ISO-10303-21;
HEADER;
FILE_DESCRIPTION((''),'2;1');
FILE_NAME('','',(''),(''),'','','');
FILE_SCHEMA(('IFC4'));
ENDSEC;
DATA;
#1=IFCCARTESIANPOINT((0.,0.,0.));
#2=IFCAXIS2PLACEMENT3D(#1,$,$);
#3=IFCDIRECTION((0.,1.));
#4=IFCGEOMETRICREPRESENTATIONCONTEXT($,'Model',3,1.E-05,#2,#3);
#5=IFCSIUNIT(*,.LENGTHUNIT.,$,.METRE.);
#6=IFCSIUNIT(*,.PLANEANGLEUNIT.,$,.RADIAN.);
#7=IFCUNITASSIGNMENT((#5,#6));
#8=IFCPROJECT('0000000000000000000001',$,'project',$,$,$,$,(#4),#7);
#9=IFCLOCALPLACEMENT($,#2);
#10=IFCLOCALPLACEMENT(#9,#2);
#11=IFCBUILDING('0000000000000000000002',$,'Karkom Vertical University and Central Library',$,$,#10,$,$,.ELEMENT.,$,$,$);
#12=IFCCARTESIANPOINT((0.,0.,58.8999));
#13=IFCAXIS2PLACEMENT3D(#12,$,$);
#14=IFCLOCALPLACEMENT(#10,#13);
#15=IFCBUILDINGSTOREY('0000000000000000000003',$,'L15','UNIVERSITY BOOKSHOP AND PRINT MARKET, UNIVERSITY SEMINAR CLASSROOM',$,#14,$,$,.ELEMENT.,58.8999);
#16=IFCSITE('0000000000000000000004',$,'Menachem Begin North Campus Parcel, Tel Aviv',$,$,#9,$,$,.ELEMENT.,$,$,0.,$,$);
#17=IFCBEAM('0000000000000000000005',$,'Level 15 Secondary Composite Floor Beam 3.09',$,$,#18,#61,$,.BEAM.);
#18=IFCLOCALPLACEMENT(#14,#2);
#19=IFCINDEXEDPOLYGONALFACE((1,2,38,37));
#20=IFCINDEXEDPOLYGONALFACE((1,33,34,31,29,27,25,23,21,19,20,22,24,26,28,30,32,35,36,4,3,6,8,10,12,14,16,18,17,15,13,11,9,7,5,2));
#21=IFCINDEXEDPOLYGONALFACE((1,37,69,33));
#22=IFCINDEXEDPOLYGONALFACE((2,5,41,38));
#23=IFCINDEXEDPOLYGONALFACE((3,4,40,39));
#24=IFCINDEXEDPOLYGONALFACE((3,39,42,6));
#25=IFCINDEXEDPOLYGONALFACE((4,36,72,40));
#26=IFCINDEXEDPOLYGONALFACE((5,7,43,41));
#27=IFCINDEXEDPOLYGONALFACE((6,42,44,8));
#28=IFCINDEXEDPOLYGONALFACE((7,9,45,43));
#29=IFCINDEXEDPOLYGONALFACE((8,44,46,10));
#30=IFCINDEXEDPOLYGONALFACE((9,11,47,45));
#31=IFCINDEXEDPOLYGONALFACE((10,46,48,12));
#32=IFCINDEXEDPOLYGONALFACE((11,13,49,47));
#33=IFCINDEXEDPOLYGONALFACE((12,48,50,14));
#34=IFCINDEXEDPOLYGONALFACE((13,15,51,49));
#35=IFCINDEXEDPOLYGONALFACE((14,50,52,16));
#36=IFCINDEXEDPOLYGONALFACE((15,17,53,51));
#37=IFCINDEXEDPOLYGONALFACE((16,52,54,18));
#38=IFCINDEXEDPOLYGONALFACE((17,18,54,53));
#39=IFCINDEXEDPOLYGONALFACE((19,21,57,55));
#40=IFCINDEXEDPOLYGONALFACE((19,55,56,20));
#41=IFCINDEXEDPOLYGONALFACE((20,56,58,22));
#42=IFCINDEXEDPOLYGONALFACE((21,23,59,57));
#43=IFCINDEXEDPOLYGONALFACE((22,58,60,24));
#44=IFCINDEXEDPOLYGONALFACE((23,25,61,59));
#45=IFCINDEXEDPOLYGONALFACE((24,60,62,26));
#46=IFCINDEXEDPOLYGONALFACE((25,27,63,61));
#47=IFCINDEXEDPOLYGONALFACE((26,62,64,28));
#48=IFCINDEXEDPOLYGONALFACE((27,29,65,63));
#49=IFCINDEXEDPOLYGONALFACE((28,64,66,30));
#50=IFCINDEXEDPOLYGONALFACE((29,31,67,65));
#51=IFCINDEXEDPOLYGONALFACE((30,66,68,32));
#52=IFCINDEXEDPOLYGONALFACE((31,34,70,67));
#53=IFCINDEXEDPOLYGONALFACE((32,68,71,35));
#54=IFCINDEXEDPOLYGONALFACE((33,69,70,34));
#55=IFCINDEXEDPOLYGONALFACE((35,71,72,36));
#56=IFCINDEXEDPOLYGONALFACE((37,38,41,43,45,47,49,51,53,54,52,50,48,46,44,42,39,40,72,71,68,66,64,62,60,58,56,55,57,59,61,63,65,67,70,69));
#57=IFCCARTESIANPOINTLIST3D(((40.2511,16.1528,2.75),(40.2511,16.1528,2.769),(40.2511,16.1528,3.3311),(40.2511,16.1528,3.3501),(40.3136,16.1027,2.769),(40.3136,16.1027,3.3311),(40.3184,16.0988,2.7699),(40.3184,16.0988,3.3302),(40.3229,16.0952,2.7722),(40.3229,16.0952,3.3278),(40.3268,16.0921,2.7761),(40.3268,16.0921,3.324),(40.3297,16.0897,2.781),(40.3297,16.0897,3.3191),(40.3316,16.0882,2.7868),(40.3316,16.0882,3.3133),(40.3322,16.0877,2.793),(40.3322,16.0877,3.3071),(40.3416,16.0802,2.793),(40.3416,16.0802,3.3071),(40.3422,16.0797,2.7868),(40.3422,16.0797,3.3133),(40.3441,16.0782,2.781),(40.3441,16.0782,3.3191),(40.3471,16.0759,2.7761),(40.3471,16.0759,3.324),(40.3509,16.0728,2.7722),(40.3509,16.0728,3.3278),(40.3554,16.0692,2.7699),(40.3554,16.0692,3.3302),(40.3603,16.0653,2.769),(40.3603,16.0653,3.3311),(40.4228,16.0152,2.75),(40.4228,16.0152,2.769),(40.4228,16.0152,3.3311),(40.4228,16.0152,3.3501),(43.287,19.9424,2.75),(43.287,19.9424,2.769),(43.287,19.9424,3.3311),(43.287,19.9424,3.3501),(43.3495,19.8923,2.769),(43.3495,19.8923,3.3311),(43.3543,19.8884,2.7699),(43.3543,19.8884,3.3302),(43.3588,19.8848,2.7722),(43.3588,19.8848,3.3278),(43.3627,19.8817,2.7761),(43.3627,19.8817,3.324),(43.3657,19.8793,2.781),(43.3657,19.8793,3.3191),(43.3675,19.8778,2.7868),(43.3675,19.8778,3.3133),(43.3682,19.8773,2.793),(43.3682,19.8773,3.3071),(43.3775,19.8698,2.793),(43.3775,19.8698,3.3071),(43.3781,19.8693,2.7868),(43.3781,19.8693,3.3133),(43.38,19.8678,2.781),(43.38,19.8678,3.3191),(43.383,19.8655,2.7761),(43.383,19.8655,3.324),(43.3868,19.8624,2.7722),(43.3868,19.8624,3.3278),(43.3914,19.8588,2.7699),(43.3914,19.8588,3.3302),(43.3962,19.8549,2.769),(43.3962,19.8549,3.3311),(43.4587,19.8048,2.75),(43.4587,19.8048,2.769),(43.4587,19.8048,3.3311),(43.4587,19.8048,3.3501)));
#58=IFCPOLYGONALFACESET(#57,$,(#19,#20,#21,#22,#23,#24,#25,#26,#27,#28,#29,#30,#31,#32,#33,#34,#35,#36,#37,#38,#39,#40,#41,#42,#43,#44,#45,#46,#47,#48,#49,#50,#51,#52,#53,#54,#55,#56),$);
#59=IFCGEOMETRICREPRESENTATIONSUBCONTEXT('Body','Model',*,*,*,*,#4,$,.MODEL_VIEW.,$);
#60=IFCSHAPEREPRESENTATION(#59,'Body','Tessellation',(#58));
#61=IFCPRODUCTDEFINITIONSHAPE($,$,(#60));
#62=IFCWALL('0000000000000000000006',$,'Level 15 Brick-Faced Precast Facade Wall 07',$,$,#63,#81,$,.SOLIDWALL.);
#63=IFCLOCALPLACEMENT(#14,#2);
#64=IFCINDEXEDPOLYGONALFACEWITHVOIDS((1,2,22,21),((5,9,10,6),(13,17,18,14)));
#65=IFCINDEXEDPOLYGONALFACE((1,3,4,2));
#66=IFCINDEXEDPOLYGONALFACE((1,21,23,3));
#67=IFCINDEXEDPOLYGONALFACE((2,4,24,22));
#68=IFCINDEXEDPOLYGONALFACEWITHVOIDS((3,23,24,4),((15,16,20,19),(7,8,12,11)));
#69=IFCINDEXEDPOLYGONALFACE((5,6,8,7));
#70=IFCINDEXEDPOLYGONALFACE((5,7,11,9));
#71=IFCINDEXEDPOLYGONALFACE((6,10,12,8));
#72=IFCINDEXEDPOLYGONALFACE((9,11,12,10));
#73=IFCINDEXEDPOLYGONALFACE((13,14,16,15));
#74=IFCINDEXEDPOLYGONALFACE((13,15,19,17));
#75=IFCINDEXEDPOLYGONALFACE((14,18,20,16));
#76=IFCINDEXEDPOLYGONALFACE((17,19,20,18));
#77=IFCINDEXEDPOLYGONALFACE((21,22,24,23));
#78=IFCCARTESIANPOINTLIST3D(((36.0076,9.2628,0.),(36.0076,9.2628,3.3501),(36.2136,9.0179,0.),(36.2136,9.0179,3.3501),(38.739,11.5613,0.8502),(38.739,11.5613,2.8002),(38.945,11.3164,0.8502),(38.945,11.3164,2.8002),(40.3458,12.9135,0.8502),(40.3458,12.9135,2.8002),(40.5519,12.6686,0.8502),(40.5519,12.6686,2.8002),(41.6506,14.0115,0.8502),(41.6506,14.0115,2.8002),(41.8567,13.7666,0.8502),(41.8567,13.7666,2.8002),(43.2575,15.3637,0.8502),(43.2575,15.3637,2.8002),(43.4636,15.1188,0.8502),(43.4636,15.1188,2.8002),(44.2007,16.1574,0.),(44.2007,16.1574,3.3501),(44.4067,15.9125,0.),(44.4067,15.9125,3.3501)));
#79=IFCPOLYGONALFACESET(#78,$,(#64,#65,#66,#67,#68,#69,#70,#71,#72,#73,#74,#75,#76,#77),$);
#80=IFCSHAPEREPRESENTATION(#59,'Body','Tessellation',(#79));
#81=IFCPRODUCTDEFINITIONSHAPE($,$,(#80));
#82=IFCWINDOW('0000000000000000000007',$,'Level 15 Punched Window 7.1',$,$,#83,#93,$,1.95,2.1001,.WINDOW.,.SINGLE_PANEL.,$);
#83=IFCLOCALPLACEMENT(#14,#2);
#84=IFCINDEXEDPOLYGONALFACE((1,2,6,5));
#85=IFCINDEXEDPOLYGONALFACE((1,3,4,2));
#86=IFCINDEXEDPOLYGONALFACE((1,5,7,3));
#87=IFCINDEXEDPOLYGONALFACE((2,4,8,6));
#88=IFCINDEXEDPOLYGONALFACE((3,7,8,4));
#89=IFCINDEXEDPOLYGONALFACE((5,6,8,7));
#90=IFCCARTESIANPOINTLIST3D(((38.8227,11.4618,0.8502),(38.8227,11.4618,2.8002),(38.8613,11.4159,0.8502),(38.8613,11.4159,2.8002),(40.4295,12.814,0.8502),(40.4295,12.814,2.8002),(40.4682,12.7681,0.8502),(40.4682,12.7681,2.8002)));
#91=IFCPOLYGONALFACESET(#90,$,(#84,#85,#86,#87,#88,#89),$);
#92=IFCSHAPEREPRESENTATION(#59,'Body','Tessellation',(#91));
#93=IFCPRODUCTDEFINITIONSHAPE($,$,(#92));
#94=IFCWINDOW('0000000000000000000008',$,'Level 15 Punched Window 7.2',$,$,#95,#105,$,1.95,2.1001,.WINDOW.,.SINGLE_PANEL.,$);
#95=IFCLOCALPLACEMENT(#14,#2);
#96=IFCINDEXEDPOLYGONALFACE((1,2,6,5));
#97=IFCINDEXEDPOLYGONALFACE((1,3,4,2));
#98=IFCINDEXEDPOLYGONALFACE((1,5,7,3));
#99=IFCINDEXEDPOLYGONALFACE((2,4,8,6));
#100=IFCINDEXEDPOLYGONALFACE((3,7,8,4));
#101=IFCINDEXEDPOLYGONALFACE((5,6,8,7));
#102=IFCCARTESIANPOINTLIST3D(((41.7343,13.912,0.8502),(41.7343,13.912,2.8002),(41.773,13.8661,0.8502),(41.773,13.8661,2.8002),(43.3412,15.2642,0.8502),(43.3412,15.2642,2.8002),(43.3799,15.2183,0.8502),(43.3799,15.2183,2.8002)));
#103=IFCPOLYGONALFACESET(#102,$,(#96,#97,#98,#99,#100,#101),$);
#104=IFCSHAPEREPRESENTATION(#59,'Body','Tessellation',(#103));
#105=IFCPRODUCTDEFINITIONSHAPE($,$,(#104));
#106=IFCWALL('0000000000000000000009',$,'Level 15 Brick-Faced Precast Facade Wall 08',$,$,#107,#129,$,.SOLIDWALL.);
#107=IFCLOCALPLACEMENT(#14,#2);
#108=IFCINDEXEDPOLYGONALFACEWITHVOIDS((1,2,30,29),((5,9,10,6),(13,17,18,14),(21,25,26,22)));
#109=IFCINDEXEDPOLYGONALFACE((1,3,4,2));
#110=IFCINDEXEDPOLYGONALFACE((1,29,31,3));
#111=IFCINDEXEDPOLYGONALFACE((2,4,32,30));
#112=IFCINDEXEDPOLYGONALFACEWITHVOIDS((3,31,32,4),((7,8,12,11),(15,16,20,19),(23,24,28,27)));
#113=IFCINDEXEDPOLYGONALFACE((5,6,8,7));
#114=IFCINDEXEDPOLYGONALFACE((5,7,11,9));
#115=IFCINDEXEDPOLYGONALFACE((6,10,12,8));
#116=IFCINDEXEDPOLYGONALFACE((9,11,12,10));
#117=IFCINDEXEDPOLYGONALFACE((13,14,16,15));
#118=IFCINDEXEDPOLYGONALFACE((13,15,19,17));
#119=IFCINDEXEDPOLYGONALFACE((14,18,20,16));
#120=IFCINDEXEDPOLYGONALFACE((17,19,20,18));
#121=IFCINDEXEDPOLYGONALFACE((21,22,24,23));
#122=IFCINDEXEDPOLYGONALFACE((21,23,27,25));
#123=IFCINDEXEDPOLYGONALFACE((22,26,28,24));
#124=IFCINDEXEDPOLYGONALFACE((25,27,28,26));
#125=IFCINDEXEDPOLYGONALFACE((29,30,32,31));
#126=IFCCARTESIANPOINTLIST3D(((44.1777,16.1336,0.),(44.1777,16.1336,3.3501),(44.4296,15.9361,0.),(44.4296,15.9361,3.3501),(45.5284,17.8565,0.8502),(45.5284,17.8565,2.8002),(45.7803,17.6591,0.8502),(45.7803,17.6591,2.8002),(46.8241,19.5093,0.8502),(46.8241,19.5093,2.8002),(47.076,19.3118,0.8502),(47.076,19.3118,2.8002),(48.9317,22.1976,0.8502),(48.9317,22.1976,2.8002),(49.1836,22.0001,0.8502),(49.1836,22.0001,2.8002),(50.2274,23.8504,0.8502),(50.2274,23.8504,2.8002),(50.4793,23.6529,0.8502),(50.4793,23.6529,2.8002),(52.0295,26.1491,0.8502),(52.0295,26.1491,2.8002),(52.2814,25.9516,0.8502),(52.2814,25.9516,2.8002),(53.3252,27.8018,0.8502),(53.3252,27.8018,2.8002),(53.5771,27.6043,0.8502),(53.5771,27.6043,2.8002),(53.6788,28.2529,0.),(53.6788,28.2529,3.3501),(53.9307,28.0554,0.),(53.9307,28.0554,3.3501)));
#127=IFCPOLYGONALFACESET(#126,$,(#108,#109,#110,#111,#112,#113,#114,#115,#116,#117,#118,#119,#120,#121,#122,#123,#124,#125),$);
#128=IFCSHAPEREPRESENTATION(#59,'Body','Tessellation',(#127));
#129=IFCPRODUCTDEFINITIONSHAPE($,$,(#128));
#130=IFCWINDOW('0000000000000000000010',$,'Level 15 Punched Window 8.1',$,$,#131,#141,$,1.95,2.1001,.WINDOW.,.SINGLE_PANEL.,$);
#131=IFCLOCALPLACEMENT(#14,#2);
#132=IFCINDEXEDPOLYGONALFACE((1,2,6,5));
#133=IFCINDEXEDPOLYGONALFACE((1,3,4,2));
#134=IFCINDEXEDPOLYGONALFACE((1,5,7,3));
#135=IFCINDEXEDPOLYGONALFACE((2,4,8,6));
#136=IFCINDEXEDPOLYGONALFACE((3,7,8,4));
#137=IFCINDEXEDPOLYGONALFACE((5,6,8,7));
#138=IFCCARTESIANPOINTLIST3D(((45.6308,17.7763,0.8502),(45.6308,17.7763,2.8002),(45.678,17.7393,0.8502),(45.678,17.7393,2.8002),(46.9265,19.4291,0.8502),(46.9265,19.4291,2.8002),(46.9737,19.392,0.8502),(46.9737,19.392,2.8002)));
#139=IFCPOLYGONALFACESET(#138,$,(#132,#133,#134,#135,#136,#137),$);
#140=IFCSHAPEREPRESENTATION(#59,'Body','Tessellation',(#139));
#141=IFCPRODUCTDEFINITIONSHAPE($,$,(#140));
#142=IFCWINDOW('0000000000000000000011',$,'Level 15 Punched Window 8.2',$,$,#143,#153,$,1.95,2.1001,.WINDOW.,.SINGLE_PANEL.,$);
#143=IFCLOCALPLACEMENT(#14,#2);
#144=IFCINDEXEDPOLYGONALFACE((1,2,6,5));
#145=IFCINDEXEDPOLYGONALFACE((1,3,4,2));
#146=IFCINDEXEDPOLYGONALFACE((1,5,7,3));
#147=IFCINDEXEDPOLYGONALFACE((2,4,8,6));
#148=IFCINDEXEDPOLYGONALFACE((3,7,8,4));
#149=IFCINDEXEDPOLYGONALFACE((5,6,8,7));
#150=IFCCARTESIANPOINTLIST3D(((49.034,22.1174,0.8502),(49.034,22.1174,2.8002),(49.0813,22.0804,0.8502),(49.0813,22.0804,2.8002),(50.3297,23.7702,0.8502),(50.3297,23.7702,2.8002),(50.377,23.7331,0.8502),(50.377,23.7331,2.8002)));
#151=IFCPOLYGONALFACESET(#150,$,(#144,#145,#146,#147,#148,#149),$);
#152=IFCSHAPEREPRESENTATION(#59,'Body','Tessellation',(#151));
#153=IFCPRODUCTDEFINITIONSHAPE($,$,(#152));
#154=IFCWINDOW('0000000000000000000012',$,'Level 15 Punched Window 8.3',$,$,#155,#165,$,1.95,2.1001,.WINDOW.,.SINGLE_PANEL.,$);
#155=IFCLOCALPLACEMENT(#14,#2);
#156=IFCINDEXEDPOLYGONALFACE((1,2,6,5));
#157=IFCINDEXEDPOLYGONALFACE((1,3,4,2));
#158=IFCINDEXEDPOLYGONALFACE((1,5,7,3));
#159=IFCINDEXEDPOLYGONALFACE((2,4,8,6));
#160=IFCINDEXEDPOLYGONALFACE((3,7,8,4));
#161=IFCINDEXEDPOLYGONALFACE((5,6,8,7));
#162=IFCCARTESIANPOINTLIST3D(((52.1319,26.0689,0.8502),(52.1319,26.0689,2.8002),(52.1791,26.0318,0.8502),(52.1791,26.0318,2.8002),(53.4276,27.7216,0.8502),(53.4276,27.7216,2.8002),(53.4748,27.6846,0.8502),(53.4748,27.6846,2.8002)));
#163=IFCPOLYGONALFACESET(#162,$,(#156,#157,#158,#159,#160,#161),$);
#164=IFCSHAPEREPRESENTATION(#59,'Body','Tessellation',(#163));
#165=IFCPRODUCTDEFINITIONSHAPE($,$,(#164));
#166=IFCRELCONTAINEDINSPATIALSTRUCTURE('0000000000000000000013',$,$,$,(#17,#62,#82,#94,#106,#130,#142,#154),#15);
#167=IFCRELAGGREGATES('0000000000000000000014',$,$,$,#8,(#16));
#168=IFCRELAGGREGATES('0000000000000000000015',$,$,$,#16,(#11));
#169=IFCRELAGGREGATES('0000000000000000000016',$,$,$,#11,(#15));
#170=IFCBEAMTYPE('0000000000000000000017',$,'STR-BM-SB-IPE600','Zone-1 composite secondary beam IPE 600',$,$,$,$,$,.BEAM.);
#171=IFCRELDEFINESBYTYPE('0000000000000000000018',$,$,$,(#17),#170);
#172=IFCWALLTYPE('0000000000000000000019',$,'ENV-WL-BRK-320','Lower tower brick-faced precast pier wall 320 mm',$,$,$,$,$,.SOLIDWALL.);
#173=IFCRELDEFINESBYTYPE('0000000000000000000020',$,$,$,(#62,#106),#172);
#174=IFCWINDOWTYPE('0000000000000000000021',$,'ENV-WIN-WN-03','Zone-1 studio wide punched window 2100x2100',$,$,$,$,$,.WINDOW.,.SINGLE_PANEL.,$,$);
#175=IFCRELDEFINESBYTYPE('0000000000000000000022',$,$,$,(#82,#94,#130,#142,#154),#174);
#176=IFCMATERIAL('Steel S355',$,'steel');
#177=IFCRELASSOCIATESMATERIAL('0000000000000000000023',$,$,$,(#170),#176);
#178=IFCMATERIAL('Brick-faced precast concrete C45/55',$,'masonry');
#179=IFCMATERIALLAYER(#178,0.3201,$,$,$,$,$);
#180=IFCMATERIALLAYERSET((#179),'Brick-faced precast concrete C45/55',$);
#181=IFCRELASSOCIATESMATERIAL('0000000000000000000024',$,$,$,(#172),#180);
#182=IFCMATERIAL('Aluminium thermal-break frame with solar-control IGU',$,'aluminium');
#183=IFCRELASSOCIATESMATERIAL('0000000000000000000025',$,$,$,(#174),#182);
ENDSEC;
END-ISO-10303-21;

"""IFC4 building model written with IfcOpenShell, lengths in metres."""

from ifc_helpers import new_model, si_unit, direction, frame, frame_2d, origin, origin_with_axes, origin_2d, place, context, subcontext, project, spatial, rectangle, i_section, extrude, source, transform, mapped, material, layer, layer_set, material_profile, profile_set, type_object, element, fill, save


model = new_model("IFC4")

# Units and contexts
model_context = context("Model", 3, precision=1e-05, world=origin(), true_north=direction((0.0, 1.0)))
body_context = subcontext(model_context, "Body", "Model", "MODEL_VIEW")
ifc_project = project(units=[si_unit("LENGTHUNIT", "METRE"), si_unit("PLANEANGLEUNIT", "RADIAN")], contexts=[model_context])

# Site, building, storey
site_placement = place(None, origin())
site = spatial("IfcSite", under=ifc_project, at=site_placement, Name="Menachem Begin North Campus Parcel, Tel Aviv", CompositionType="ELEMENT", RefElevation=0.0)
building_placement = place(site_placement, origin())
building = spatial("IfcBuilding", under=site, at=building_placement, Name="Karkom Vertical University and Central Library", CompositionType="ELEMENT")
storey_placement = place(building_placement, frame((0.0, 0.0, 58.8999)))
storey = spatial("IfcBuildingStorey", under=building, at=storey_placement, Name="L15", Description="UNIVERSITY BOOKSHOP AND PRINT MARKET, UNIVERSITY SEMINAR CLASSROOM", CompositionType="ELEMENT", Elevation=58.8999)

# Beam
ifc_material_1 = material(Name="Steel S355", Category="steel")
ifc_material_profile_1 = material_profile(ifc_material_1, i_section(OverallWidth=0.22, OverallDepth=0.6001, WebThickness=0.012, FlangeThickness=0.019, FilletRadius=0.0239, at=origin_2d()), Name="IPE 600")
ifc_profile_set_1 = profile_set([ifc_material_profile_1], Name="Steel S355")
beam_type_1 = type_object("IfcBeamType", Name="STR-BM-SB-IPE600", Description="Zone-1 composite secondary beam IPE 600", PredefinedType="BEAM", material=ifc_profile_set_1)
shared_shape_1 = source(origin_with_axes(), body_context, "Body", "SweptSolid", [
    extrude(i_section(OverallWidth=0.22, OverallDepth=0.6001, WebThickness=0.012, FlangeThickness=0.019, FilletRadius=0.0239, at=origin_2d()), origin(), (0.0, 0.0, 1.0), 4.8557),
])
beam_1_placement = place(storey_placement, frame((40.3369, 16.084, 3.05), z_axis=(0.625228, 0.780442, 0.0), x_axis=(-0.780442, 0.625228, 0.0)))
element("IfcBeam", 1, at=beam_1_placement, inside=storey, type_object=beam_type_1, Name="Level 15 Secondary Composite Floor Beam 3.09", PredefinedType="BEAM", context=body_context, shape_type="MappedRepresentation", body=[
    mapped(shared_shape_1, transform((0.0, 0.0, 0.0), scale=1.0)),
])

# Walls, openings, windows
ifc_material_2 = material(Name="Brick-faced precast concrete C45/55", Category="masonry")
ifc_layer_1 = layer(ifc_material_2, 0.3201)
ifc_layer_set_1 = layer_set([ifc_layer_1], Name="Brick-faced precast concrete C45/55")
wall_type_1 = type_object("IfcWallType", Name="ENV-WL-BRK-320", Description="Lower tower brick-faced precast pier wall 320 mm", PredefinedType="SOLIDWALL", material=ifc_layer_set_1)
wall_1_placement = place(storey_placement, frame((36.1106, 9.1404, 0.0), z_axis=(0.0, 0.0, 1.0), x_axis=(0.765138, 0.643866, 0.0)))
wall_1 = element("IfcWall", 2, at=wall_1_placement, inside=storey, type_object=wall_type_1, Name="Level 15 Brick-Faced Precast Facade Wall 07", PredefinedType="SOLIDWALL", context=body_context, shape_type="SweptSolid", body=[
    extrude(rectangle(XDim=10.708, YDim=0.3201, at=frame_2d((5.354, 0.0))), origin(), (0.0, 0.0, 1.0), 3.3501),
])
opening_1_placement = place(wall_1_placement, frame((3.5698, 0.0, 0.8501)))
opening_1 = element("IfcOpeningElement", 3, at=opening_1_placement, cuts=wall_1, PredefinedType="OPENING", context=body_context, shape_type="SweptSolid", body=[
    extrude(rectangle(XDim=2.1001, YDim=1.95, at=frame_2d((1.05, 0.9751))), frame((0.0, 0.1699, 0.0), z_axis=(0.0, -1.0, 0.0), x_axis=(1.0, 0.0, 0.0)), (0.0, 0.0, 1.0), 0.3401),
])
opening_2_placement = place(wall_1_placement, frame((7.3752, 0.0, 0.8501)))
opening_2 = element("IfcOpeningElement", 4, at=opening_2_placement, cuts=wall_1, PredefinedType="OPENING", context=body_context, shape_type="SweptSolid", body=[
    extrude(rectangle(XDim=2.1001, YDim=1.95, at=frame_2d((1.05, 0.9751))), frame((0.0, 0.1699, 0.0), z_axis=(0.0, -1.0, 0.0), x_axis=(1.0, 0.0, 0.0)), (0.0, 0.0, 1.0), 0.3401),
])
ifc_material_3 = material(Name="Aluminium thermal-break frame with solar-control IGU", Category="aluminium")
window_type = type_object("IfcWindowType", Name="ENV-WIN-WN-03", Description="Zone-1 studio wide punched window 2100x2100", PartitioningType="SINGLE_PANEL", PredefinedType="WINDOW", material=ifc_material_3)
shared_shape_2 = source(origin_with_axes(), body_context, "Body", "SweptSolid", [
    extrude(rectangle(XDim=2.1001, YDim=1.95, at=frame_2d((1.05, 0.9751))), frame((0.0, 0.03, 0.0), z_axis=(0.0, -1.0, 0.0), x_axis=(1.0, 0.0, 0.0)), (0.0, 0.0, 1.0), 0.0601),
])
window_1_placement = place(opening_1_placement, origin())
window_1 = element("IfcWindow", 5, at=window_1_placement, inside=storey, type_object=window_type, Name="Level 15 Punched Window 7.1", OverallHeight=1.95, OverallWidth=2.1001, PartitioningType="SINGLE_PANEL", PredefinedType="WINDOW", context=body_context, shape_type="MappedRepresentation", body=[
    mapped(shared_shape_2, transform((0.0, 0.0, 0.0), scale=1.0)),
])
fill(opening_1, window_1)
window_2_placement = place(opening_2_placement, origin())
window_2 = element("IfcWindow", 6, at=window_2_placement, inside=storey, type_object=window_type, Name="Level 15 Punched Window 7.2", OverallHeight=1.95, OverallWidth=2.1001, PartitioningType="SINGLE_PANEL", PredefinedType="WINDOW", context=body_context, shape_type="MappedRepresentation", body=[
    mapped(shared_shape_2, transform((0.0, 0.0, 0.0), scale=1.0)),
])
fill(opening_2, window_2)
wall_2_placement = place(storey_placement, frame((44.3037, 16.0349, 0.0), z_axis=(0.0, 0.0, 1.0), x_axis=(0.616972, 0.786985, 0.0)))
wall_2 = element("IfcWall", 7, at=wall_2_placement, inside=storey, type_object=wall_type_1, Name="Level 15 Brick-Faced Precast Facade Wall 08", PredefinedType="SOLIDWALL", context=body_context, shape_type="SweptSolid", body=[
    extrude(rectangle(XDim=15.3997, YDim=0.3201, at=frame_2d((7.6997, 0.0))), origin(), (0.0, 0.0, 1.0), 3.3501),
])
opening_3_placement = place(wall_2_placement, frame((2.1892, 0.0, 0.8501)))
opening_3 = element("IfcOpeningElement", 8, at=opening_3_placement, cuts=wall_2, PredefinedType="OPENING", context=body_context, shape_type="SweptSolid", body=[
    extrude(rectangle(XDim=2.1001, YDim=1.95, at=frame_2d((1.05, 0.9751))), frame((0.0, 0.1699, 0.0), z_axis=(0.0, -1.0, 0.0), x_axis=(1.0, 0.0, 0.0)), (0.0, 0.0, 1.0), 0.3401),
])
opening_4_placement = place(wall_2_placement, frame((7.7053, 0.0, 0.8501)))
opening_4 = element("IfcOpeningElement", 9, at=opening_4_placement, cuts=wall_2, PredefinedType="OPENING", context=body_context, shape_type="SweptSolid", body=[
    extrude(rectangle(XDim=2.1001, YDim=1.95, at=frame_2d((1.05, 0.9751))), frame((0.0, 0.1699, 0.0), z_axis=(0.0, -1.0, 0.0), x_axis=(1.0, 0.0, 0.0)), (0.0, 0.0, 1.0), 0.3401),
])
opening_5_placement = place(wall_2_placement, frame((12.7263, 0.0, 0.8501)))
opening_5 = element("IfcOpeningElement", 10, at=opening_5_placement, cuts=wall_2, PredefinedType="OPENING", context=body_context, shape_type="SweptSolid", body=[
    extrude(rectangle(XDim=2.1001, YDim=1.95, at=frame_2d((1.05, 0.9751))), frame((0.0, 0.1699, 0.0), z_axis=(0.0, -1.0, 0.0), x_axis=(1.0, 0.0, 0.0)), (0.0, 0.0, 1.0), 0.3401),
])
window_3_placement = place(opening_3_placement, origin())
window_3 = element("IfcWindow", 11, at=window_3_placement, inside=storey, type_object=window_type, Name="Level 15 Punched Window 8.1", OverallHeight=1.95, OverallWidth=2.1001, PartitioningType="SINGLE_PANEL", PredefinedType="WINDOW", context=body_context, shape_type="MappedRepresentation", body=[
    mapped(shared_shape_2, transform((0.0, 0.0, 0.0), scale=1.0)),
])
fill(opening_3, window_3)
window_4_placement = place(opening_4_placement, origin())
window_4 = element("IfcWindow", 12, at=window_4_placement, inside=storey, type_object=window_type, Name="Level 15 Punched Window 8.2", OverallHeight=1.95, OverallWidth=2.1001, PartitioningType="SINGLE_PANEL", PredefinedType="WINDOW", context=body_context, shape_type="MappedRepresentation", body=[
    mapped(shared_shape_2, transform((0.0, 0.0, 0.0), scale=1.0)),
])
fill(opening_4, window_4)
window_5_placement = place(opening_5_placement, origin())
window_5 = element("IfcWindow", 13, at=window_5_placement, inside=storey, type_object=window_type, Name="Level 15 Punched Window 8.3", OverallHeight=1.95, OverallWidth=2.1001, PartitioningType="SINGLE_PANEL", PredefinedType="WINDOW", context=body_context, shape_type="MappedRepresentation", body=[
    mapped(shared_shape_2, transform((0.0, 0.0, 0.0), scale=1.0)),
])
fill(opening_5, window_5)

save(model, "model.ifc")
